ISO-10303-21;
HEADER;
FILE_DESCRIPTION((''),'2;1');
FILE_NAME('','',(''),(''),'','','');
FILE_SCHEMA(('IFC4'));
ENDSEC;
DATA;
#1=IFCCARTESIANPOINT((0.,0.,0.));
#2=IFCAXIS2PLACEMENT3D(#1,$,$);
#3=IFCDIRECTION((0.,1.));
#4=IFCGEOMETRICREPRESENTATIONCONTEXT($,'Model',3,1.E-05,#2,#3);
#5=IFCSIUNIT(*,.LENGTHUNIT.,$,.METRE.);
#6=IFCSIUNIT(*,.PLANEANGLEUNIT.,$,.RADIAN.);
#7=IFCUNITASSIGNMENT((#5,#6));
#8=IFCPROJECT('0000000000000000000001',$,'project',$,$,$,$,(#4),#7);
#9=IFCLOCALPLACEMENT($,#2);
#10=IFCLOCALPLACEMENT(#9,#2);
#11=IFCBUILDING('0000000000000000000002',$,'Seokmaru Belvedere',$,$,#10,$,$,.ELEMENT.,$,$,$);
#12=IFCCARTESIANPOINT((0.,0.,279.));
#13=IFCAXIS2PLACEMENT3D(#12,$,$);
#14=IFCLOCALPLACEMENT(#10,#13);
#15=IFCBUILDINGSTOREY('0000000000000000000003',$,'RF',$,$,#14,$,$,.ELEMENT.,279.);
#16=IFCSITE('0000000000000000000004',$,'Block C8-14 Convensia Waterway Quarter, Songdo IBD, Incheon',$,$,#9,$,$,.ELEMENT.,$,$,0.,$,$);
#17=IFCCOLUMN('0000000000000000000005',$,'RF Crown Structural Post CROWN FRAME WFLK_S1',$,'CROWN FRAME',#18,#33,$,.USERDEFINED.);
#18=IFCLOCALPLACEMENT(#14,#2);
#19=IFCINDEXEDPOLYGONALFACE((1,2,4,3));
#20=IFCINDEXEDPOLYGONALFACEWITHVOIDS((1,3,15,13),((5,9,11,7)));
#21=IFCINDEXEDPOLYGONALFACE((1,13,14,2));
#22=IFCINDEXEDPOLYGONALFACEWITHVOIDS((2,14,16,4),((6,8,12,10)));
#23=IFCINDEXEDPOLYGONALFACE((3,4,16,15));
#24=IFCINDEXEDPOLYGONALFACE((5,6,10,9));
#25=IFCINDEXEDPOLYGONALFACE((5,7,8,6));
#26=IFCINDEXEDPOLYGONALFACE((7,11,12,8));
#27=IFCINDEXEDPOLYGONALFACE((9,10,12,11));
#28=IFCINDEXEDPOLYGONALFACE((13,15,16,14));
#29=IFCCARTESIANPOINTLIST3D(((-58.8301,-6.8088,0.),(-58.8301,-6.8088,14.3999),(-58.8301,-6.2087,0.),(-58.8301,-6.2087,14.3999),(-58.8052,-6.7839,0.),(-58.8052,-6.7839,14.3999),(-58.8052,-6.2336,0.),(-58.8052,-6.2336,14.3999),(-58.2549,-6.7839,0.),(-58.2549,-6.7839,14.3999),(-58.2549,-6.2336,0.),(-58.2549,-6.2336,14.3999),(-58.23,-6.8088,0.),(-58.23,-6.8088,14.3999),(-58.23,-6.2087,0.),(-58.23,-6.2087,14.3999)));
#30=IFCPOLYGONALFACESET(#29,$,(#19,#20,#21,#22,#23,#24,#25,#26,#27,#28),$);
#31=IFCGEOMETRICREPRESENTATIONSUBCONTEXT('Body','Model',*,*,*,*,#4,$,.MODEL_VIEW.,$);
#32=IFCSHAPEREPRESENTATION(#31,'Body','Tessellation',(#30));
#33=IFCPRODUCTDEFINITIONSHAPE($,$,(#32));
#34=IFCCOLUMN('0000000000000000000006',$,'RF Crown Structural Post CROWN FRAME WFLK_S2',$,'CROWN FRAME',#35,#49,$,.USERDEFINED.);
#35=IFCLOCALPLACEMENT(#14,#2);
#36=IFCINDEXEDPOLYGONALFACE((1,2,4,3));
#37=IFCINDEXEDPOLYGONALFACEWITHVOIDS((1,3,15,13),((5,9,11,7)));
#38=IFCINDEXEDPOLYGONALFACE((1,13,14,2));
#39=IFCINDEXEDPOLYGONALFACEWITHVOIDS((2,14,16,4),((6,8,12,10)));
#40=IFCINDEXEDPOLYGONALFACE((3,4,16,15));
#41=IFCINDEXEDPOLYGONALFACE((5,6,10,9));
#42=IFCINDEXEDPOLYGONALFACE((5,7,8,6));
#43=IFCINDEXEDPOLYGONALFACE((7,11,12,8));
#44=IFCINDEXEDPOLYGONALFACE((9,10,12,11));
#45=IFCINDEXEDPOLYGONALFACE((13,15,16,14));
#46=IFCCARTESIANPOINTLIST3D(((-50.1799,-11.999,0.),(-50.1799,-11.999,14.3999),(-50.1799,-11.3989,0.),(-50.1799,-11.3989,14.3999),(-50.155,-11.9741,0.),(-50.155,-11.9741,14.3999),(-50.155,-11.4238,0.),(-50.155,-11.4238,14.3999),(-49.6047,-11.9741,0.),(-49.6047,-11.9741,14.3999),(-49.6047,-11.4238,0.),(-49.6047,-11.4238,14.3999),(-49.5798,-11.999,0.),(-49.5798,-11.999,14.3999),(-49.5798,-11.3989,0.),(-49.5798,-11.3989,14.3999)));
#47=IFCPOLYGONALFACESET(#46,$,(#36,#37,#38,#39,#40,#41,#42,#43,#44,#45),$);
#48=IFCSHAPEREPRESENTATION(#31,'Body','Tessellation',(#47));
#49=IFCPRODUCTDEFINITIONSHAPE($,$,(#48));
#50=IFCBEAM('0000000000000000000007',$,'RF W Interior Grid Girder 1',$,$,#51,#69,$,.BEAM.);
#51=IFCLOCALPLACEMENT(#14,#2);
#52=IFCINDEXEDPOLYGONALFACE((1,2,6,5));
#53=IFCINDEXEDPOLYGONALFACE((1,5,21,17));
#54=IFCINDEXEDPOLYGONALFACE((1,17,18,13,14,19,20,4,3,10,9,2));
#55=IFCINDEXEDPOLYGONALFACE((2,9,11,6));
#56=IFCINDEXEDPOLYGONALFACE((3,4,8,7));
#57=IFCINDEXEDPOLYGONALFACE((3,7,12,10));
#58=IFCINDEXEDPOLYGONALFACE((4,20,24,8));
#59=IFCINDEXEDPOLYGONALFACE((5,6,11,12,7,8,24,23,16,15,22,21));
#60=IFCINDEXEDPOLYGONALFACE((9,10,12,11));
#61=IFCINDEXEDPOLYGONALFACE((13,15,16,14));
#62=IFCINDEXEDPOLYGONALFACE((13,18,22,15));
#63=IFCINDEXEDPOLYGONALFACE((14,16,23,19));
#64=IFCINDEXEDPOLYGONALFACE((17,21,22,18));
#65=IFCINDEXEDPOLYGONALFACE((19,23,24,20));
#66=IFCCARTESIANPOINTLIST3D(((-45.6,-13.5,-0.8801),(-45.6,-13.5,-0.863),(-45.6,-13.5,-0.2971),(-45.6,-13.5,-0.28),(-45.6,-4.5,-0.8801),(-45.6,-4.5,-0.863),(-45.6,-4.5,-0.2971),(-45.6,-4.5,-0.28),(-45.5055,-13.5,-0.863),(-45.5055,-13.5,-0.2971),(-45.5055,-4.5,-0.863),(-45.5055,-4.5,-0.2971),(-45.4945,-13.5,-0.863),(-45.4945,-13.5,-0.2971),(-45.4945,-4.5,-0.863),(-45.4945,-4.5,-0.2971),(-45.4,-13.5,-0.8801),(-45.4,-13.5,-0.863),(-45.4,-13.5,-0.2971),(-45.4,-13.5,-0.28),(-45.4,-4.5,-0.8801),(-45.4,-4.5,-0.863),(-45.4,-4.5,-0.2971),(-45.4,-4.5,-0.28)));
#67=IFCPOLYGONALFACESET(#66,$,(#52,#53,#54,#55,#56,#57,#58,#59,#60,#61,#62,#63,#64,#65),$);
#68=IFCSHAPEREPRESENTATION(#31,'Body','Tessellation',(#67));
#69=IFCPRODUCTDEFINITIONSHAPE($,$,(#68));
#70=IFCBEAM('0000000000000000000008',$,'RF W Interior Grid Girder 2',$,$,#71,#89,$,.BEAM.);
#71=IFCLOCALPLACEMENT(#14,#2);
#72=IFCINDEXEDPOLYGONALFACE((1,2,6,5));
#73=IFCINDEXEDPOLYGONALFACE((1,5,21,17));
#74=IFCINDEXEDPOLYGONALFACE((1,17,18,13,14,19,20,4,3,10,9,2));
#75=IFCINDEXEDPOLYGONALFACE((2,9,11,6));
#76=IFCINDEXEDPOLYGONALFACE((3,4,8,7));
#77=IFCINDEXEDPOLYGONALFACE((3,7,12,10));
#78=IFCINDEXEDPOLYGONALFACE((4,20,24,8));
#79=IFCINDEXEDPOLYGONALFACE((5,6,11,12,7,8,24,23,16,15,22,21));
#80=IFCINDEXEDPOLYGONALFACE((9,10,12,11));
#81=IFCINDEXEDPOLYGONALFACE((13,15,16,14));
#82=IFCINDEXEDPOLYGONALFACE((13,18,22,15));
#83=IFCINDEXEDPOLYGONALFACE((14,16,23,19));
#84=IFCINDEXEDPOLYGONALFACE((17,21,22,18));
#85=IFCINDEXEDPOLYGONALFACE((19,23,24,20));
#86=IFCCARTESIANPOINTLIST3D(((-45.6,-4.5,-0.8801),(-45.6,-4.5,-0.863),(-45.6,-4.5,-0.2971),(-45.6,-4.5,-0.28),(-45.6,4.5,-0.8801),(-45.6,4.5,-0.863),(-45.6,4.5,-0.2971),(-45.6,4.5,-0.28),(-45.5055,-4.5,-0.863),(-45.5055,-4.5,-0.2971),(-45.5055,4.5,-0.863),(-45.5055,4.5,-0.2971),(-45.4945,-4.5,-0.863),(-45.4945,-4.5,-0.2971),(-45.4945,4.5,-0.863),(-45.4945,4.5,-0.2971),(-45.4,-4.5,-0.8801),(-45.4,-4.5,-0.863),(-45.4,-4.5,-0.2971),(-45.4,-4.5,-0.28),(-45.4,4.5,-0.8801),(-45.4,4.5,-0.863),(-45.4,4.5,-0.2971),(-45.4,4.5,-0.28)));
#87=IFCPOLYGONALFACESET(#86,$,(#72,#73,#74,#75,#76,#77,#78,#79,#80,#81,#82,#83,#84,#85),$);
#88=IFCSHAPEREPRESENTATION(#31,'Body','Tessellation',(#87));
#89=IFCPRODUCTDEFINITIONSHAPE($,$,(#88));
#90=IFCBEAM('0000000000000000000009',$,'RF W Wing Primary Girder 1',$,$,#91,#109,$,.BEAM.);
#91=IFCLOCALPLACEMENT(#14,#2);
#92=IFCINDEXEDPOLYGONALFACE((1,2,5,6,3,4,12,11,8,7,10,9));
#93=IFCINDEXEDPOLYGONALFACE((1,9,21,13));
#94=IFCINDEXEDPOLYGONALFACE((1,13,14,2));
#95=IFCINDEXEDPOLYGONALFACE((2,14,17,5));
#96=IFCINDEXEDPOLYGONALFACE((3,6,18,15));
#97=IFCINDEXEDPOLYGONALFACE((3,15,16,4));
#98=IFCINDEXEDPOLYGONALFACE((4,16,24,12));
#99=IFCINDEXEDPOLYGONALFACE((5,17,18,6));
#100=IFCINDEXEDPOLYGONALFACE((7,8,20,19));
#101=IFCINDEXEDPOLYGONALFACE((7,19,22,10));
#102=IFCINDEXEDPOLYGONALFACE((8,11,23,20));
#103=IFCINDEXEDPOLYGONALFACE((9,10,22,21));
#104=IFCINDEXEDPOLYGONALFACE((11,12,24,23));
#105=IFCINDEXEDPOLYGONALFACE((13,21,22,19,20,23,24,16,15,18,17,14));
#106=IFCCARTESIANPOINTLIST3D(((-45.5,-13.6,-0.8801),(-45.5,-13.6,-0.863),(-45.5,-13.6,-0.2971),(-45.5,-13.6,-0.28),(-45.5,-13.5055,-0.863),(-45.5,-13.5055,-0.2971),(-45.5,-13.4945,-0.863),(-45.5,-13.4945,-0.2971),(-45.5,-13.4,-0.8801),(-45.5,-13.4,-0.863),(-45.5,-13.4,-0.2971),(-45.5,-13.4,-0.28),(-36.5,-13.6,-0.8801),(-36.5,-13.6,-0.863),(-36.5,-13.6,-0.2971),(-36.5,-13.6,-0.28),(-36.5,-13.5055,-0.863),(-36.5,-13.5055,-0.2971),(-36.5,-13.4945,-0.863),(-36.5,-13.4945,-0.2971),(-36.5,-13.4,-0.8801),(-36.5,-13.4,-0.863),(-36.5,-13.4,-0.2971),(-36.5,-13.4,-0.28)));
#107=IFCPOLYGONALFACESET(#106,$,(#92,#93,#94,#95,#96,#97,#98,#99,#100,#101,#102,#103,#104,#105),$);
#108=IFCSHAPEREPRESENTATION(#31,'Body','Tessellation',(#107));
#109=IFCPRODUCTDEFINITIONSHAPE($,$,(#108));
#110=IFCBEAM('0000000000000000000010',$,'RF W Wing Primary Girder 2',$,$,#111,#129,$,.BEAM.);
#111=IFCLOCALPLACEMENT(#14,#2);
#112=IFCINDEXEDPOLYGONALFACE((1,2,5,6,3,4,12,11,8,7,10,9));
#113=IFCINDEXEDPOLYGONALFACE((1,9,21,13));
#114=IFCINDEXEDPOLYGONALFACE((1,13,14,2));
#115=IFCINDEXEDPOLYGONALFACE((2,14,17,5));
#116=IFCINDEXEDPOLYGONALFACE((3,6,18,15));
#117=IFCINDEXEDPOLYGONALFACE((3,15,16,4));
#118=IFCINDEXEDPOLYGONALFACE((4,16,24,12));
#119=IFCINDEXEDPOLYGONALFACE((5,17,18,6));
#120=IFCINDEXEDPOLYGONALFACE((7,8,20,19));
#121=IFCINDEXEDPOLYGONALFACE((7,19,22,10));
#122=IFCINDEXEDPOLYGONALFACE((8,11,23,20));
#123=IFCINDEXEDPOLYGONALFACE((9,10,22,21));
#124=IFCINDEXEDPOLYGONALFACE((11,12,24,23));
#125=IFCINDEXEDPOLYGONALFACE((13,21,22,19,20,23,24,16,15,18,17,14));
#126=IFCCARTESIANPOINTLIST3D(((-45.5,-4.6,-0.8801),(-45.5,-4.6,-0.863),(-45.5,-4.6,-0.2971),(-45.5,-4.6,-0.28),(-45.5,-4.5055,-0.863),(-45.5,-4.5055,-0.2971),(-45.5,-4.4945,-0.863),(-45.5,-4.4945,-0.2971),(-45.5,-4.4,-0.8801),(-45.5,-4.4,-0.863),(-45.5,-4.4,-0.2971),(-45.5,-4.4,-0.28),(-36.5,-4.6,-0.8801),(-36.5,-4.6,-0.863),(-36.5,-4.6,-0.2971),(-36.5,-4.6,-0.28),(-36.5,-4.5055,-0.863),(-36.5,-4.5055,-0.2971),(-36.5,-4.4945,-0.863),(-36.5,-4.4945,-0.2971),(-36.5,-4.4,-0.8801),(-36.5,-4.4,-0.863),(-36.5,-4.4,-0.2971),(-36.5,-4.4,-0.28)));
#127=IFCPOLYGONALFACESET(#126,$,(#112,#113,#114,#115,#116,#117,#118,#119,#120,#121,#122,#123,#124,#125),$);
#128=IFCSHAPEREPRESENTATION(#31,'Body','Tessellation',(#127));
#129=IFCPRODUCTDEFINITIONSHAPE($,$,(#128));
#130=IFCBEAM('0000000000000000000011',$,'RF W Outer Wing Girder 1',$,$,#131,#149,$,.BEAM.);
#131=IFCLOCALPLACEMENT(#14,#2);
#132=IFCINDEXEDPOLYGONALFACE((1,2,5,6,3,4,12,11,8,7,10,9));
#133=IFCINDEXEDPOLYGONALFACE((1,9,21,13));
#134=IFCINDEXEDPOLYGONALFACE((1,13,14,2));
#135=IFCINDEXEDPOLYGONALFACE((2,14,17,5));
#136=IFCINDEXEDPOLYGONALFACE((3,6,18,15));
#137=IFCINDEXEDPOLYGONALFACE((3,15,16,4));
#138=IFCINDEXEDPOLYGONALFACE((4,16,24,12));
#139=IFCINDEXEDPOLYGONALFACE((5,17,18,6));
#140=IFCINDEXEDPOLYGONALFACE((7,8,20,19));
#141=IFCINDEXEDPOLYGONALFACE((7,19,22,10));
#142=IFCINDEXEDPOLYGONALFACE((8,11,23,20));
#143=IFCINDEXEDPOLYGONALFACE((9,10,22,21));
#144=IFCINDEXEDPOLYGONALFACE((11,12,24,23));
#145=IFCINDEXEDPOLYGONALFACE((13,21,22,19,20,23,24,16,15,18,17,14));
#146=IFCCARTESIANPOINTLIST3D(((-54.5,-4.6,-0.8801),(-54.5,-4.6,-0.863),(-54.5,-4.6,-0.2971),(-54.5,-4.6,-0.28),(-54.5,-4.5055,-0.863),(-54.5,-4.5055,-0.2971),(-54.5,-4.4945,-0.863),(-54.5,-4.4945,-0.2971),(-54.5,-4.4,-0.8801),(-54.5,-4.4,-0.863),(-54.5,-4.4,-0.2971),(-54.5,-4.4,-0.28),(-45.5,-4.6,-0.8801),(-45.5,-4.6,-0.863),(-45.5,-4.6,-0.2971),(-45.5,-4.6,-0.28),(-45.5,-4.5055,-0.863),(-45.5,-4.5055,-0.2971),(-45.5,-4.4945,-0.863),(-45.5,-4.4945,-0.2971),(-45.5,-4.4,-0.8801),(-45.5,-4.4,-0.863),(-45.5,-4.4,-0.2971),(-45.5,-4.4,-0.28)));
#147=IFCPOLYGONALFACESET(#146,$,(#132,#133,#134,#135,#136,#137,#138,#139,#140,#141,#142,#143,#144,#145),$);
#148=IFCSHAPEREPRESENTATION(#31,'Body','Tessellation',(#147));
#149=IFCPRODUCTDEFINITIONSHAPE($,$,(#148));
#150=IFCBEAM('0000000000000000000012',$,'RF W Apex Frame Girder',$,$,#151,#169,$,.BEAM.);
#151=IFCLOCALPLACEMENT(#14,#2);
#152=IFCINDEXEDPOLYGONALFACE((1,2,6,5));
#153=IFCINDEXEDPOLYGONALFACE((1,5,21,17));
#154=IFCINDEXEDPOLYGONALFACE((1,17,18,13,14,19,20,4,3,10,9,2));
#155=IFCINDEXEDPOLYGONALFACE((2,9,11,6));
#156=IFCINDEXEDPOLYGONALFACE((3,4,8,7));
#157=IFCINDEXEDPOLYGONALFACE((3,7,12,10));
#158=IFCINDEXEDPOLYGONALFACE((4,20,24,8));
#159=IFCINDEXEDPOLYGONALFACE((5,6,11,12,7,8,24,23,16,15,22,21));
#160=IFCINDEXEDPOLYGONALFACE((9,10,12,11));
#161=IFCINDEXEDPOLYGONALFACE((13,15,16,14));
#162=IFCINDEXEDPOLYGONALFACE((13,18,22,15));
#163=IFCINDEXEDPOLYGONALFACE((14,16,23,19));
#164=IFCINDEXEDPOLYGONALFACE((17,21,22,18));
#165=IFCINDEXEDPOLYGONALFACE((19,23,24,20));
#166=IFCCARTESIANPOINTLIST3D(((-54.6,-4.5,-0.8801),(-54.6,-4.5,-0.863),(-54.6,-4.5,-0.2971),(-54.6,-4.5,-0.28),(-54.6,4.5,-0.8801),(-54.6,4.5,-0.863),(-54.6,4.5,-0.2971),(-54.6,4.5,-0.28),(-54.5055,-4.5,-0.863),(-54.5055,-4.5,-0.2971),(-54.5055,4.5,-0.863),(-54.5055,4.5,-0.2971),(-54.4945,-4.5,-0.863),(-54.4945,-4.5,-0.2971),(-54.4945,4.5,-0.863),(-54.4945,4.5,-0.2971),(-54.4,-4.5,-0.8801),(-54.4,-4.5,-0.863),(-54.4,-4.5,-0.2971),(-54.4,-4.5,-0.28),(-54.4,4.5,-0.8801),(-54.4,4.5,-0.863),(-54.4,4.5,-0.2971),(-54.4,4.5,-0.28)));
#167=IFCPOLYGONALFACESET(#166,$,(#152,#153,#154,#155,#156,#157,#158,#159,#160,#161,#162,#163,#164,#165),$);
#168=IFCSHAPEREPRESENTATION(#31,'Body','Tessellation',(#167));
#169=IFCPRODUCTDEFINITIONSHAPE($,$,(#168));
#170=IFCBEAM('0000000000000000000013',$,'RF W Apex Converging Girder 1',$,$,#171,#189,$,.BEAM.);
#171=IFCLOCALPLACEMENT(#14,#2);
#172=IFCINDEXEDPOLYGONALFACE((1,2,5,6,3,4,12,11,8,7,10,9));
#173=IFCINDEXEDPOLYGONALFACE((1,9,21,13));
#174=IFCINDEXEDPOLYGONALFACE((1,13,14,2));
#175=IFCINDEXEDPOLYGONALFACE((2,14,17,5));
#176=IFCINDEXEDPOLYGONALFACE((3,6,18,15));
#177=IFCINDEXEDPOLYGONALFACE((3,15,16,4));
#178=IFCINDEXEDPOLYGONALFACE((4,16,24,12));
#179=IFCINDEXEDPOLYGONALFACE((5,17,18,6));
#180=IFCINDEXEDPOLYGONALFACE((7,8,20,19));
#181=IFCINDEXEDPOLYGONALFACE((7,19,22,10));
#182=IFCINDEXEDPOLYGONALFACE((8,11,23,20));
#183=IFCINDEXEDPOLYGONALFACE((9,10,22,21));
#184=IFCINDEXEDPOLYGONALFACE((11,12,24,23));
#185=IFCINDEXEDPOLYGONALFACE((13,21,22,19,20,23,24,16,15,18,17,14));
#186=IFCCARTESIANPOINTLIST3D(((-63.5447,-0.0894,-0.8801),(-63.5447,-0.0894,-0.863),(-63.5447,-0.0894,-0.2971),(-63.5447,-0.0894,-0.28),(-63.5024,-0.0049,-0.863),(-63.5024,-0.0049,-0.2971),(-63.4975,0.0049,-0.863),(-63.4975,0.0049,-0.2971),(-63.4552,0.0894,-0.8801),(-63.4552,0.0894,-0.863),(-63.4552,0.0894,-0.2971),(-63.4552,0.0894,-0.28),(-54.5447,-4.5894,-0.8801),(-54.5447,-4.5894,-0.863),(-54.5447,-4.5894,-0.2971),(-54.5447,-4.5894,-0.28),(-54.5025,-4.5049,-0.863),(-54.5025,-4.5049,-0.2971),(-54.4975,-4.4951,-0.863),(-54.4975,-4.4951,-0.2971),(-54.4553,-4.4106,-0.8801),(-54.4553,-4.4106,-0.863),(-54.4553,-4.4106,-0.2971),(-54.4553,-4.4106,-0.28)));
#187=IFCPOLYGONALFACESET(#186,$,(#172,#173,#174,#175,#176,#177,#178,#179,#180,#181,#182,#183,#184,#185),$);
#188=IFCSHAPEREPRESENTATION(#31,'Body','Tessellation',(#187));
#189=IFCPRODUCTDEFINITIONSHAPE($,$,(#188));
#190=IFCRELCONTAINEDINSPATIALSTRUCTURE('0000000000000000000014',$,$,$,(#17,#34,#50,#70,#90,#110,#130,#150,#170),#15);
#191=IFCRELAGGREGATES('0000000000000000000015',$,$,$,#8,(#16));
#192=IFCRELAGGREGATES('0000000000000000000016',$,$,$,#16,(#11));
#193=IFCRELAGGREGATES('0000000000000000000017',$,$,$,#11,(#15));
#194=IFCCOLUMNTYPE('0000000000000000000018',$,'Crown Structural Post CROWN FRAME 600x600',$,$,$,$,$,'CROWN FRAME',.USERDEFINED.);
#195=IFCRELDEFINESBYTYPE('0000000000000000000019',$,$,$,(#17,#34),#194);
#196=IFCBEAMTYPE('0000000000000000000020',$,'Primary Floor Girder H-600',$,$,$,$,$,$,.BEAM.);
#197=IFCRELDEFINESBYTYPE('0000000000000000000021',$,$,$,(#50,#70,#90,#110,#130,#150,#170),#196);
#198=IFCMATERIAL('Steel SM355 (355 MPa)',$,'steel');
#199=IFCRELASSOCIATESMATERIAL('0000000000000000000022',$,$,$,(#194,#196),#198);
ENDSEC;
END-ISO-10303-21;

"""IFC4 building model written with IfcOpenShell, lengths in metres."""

from ifc_helpers import new_model, si_unit, direction, frame, origin, origin_2d, place, context, subcontext, project, spatial, hollow_rectangle, i_section, extrude, source, transform, mapped, material, material_profile, profile_set, type_object, type_shapes, element, save


model = new_model("IFC4")

# Units and contexts
model_context = context("Model", 3, precision=1e-05, world=origin(), true_north=direction((0.0, 1.0)))
body_context = subcontext(model_context, "Body", "Model", "MODEL_VIEW")
ifc_project = project(units=[si_unit("LENGTHUNIT", "METRE"), si_unit("PLANEANGLEUNIT", "RADIAN")], contexts=[model_context])

# Site, building, storey
site_placement = place(None, origin())
site = spatial("IfcSite", under=ifc_project, at=site_placement, Name="Block C8-14 Convensia Waterway Quarter, Songdo IBD, Incheon", CompositionType="ELEMENT", RefElevation=0.0)
building_placement = place(site_placement, origin())
building = spatial("IfcBuilding", under=site, at=building_placement, Name="Seokmaru Belvedere", CompositionType="ELEMENT")
storey_placement = place(building_placement, frame((0.0, 0.0, 279.0)))
storey = spatial("IfcBuildingStorey", under=building, at=storey_placement, Name="RF", CompositionType="ELEMENT", Elevation=279.0)

# Columns
ifc_material_1 = material(Name="Steel SM355 (355 MPa)", Category="steel")
ifc_material_profile_1 = material_profile(ifc_material_1, hollow_rectangle(XDim=0.6001, YDim=0.6001, WallThickness=0.0249, at=origin_2d()), Name="HSS-600x600x25")
ifc_profile_set_1 = profile_set([ifc_material_profile_1], Name="Steel SM355 (355 MPa)")
column_type = type_object("IfcColumnType", Name="Crown Structural Post CROWN FRAME 600x600", ElementType="CROWN FRAME", PredefinedType="USERDEFINED", material=ifc_profile_set_1)
shared_shape_1 = source(origin(), body_context, "Body", "SweptSolid", [
    extrude(hollow_rectangle(XDim=0.6001, YDim=0.6001, WallThickness=0.0249, at=origin_2d()), origin(), (0.0, 0.0, 1.0), 14.3999),
])
type_shapes(column_type, [shared_shape_1])
for number, where, z_axis, x_axis, name in (
    (1, (-58.53, -6.5088, 0.0), (0.0, 0.0, 1.0), (1.0, 0.0, 0.0), "RF Crown Structural Post CROWN FRAME WFLK_S1"),
    (2, (-49.8799, -11.699, 0.0), (0.0, 0.0, 1.0), (1.0, 0.0, 0.0), "RF Crown Structural Post CROWN FRAME WFLK_S2"),
):
    element("IfcColumn", number, at=place(storey_placement, frame(where, z_axis=z_axis, x_axis=x_axis)), inside=storey, type_object=column_type, Name=name, ObjectType="CROWN FRAME", PredefinedType="USERDEFINED", context=body_context, shape_type="MappedRepresentation", body=[
        mapped(shared_shape_1, transform((0.0, 0.0, 0.0), scale=1.0)),
    ])

# Beams
ifc_material_profile_2 = material_profile(ifc_material_1, i_section(OverallWidth=0.2, OverallDepth=0.6001, WebThickness=0.011, FlangeThickness=0.0171, at=origin_2d()), Name="H-600x200x11x17")
ifc_profile_set_2 = profile_set([ifc_material_profile_2], Name="Steel SM355 (355 MPa)")
beam_type_1 = type_object("IfcBeamType", Name="Primary Floor Girder H-600", PredefinedType="BEAM", material=ifc_profile_set_2)
shared_shape_2 = source(origin(), body_context, "Body", "SweptSolid", [
    extrude(i_section(OverallWidth=0.2, OverallDepth=0.6001, WebThickness=0.011, FlangeThickness=0.0171, at=origin_2d()), origin(), (0.0, 0.0, 1.0), 9.0),
])
for number, where, z_axis, x_axis, name in (
    (3, (-45.5, -13.5, -0.5801), (0.0, 1.0, 0.0), (-1.0, 0.0, 0.0), "RF W Interior Grid Girder 1"),
    (4, (-45.5, -4.5, -0.5801), (0.0, 1.0, 0.0), (-1.0, 0.0, 0.0), "RF W Interior Grid Girder 2"),
    (5, (-45.5, -13.5, -0.5801), (1.0, 0.0, 0.0), (0.0, 1.0, 0.0), "RF W Wing Primary Girder 1"),
    (6, (-45.5, -4.5, -0.5801), (1.0, 0.0, 0.0), (0.0, 1.0, 0.0), "RF W Wing Primary Girder 2"),
    (7, (-54.5, -4.5, -0.5801), (1.0, 0.0, 0.0), (0.0, 1.0, 0.0), "RF W Outer Wing Girder 1"),
    (8, (-54.5, -4.5, -0.5801), (0.0, 1.0, 0.0), (-1.0, 0.0, 0.0), "RF W Apex Frame Girder"),
):
    element("IfcBeam", number, at=place(storey_placement, frame(where, z_axis=z_axis, x_axis=x_axis)), inside=storey, type_object=beam_type_1, Name=name, PredefinedType="BEAM", context=body_context, shape_type="MappedRepresentation", body=[
        mapped(shared_shape_2, transform((0.0, 0.0, 0.0), scale=1.0)),
    ])
shared_shape_3 = source(origin(), body_context, "Body", "SweptSolid", [
    extrude(i_section(OverallWidth=0.2, OverallDepth=0.6001, WebThickness=0.011, FlangeThickness=0.0171, at=origin_2d()), origin(), (0.0, 0.0, 1.0), 10.0623),
])
beam_1_placement = place(storey_placement, frame((-54.5, -4.5, -0.5801), z_axis=(-0.894427, 0.447214, 0.0), x_axis=(-0.447214, -0.894427, 0.0)))
element("IfcBeam", 9, at=beam_1_placement, inside=storey, type_object=beam_type_1, Name="RF W Apex Converging Girder 1", PredefinedType="BEAM", context=body_context, shape_type="MappedRepresentation", body=[
    mapped(shared_shape_3, transform((0.0, 0.0, 0.0), scale=1.0)),
])

save(model, "model.ifc")
